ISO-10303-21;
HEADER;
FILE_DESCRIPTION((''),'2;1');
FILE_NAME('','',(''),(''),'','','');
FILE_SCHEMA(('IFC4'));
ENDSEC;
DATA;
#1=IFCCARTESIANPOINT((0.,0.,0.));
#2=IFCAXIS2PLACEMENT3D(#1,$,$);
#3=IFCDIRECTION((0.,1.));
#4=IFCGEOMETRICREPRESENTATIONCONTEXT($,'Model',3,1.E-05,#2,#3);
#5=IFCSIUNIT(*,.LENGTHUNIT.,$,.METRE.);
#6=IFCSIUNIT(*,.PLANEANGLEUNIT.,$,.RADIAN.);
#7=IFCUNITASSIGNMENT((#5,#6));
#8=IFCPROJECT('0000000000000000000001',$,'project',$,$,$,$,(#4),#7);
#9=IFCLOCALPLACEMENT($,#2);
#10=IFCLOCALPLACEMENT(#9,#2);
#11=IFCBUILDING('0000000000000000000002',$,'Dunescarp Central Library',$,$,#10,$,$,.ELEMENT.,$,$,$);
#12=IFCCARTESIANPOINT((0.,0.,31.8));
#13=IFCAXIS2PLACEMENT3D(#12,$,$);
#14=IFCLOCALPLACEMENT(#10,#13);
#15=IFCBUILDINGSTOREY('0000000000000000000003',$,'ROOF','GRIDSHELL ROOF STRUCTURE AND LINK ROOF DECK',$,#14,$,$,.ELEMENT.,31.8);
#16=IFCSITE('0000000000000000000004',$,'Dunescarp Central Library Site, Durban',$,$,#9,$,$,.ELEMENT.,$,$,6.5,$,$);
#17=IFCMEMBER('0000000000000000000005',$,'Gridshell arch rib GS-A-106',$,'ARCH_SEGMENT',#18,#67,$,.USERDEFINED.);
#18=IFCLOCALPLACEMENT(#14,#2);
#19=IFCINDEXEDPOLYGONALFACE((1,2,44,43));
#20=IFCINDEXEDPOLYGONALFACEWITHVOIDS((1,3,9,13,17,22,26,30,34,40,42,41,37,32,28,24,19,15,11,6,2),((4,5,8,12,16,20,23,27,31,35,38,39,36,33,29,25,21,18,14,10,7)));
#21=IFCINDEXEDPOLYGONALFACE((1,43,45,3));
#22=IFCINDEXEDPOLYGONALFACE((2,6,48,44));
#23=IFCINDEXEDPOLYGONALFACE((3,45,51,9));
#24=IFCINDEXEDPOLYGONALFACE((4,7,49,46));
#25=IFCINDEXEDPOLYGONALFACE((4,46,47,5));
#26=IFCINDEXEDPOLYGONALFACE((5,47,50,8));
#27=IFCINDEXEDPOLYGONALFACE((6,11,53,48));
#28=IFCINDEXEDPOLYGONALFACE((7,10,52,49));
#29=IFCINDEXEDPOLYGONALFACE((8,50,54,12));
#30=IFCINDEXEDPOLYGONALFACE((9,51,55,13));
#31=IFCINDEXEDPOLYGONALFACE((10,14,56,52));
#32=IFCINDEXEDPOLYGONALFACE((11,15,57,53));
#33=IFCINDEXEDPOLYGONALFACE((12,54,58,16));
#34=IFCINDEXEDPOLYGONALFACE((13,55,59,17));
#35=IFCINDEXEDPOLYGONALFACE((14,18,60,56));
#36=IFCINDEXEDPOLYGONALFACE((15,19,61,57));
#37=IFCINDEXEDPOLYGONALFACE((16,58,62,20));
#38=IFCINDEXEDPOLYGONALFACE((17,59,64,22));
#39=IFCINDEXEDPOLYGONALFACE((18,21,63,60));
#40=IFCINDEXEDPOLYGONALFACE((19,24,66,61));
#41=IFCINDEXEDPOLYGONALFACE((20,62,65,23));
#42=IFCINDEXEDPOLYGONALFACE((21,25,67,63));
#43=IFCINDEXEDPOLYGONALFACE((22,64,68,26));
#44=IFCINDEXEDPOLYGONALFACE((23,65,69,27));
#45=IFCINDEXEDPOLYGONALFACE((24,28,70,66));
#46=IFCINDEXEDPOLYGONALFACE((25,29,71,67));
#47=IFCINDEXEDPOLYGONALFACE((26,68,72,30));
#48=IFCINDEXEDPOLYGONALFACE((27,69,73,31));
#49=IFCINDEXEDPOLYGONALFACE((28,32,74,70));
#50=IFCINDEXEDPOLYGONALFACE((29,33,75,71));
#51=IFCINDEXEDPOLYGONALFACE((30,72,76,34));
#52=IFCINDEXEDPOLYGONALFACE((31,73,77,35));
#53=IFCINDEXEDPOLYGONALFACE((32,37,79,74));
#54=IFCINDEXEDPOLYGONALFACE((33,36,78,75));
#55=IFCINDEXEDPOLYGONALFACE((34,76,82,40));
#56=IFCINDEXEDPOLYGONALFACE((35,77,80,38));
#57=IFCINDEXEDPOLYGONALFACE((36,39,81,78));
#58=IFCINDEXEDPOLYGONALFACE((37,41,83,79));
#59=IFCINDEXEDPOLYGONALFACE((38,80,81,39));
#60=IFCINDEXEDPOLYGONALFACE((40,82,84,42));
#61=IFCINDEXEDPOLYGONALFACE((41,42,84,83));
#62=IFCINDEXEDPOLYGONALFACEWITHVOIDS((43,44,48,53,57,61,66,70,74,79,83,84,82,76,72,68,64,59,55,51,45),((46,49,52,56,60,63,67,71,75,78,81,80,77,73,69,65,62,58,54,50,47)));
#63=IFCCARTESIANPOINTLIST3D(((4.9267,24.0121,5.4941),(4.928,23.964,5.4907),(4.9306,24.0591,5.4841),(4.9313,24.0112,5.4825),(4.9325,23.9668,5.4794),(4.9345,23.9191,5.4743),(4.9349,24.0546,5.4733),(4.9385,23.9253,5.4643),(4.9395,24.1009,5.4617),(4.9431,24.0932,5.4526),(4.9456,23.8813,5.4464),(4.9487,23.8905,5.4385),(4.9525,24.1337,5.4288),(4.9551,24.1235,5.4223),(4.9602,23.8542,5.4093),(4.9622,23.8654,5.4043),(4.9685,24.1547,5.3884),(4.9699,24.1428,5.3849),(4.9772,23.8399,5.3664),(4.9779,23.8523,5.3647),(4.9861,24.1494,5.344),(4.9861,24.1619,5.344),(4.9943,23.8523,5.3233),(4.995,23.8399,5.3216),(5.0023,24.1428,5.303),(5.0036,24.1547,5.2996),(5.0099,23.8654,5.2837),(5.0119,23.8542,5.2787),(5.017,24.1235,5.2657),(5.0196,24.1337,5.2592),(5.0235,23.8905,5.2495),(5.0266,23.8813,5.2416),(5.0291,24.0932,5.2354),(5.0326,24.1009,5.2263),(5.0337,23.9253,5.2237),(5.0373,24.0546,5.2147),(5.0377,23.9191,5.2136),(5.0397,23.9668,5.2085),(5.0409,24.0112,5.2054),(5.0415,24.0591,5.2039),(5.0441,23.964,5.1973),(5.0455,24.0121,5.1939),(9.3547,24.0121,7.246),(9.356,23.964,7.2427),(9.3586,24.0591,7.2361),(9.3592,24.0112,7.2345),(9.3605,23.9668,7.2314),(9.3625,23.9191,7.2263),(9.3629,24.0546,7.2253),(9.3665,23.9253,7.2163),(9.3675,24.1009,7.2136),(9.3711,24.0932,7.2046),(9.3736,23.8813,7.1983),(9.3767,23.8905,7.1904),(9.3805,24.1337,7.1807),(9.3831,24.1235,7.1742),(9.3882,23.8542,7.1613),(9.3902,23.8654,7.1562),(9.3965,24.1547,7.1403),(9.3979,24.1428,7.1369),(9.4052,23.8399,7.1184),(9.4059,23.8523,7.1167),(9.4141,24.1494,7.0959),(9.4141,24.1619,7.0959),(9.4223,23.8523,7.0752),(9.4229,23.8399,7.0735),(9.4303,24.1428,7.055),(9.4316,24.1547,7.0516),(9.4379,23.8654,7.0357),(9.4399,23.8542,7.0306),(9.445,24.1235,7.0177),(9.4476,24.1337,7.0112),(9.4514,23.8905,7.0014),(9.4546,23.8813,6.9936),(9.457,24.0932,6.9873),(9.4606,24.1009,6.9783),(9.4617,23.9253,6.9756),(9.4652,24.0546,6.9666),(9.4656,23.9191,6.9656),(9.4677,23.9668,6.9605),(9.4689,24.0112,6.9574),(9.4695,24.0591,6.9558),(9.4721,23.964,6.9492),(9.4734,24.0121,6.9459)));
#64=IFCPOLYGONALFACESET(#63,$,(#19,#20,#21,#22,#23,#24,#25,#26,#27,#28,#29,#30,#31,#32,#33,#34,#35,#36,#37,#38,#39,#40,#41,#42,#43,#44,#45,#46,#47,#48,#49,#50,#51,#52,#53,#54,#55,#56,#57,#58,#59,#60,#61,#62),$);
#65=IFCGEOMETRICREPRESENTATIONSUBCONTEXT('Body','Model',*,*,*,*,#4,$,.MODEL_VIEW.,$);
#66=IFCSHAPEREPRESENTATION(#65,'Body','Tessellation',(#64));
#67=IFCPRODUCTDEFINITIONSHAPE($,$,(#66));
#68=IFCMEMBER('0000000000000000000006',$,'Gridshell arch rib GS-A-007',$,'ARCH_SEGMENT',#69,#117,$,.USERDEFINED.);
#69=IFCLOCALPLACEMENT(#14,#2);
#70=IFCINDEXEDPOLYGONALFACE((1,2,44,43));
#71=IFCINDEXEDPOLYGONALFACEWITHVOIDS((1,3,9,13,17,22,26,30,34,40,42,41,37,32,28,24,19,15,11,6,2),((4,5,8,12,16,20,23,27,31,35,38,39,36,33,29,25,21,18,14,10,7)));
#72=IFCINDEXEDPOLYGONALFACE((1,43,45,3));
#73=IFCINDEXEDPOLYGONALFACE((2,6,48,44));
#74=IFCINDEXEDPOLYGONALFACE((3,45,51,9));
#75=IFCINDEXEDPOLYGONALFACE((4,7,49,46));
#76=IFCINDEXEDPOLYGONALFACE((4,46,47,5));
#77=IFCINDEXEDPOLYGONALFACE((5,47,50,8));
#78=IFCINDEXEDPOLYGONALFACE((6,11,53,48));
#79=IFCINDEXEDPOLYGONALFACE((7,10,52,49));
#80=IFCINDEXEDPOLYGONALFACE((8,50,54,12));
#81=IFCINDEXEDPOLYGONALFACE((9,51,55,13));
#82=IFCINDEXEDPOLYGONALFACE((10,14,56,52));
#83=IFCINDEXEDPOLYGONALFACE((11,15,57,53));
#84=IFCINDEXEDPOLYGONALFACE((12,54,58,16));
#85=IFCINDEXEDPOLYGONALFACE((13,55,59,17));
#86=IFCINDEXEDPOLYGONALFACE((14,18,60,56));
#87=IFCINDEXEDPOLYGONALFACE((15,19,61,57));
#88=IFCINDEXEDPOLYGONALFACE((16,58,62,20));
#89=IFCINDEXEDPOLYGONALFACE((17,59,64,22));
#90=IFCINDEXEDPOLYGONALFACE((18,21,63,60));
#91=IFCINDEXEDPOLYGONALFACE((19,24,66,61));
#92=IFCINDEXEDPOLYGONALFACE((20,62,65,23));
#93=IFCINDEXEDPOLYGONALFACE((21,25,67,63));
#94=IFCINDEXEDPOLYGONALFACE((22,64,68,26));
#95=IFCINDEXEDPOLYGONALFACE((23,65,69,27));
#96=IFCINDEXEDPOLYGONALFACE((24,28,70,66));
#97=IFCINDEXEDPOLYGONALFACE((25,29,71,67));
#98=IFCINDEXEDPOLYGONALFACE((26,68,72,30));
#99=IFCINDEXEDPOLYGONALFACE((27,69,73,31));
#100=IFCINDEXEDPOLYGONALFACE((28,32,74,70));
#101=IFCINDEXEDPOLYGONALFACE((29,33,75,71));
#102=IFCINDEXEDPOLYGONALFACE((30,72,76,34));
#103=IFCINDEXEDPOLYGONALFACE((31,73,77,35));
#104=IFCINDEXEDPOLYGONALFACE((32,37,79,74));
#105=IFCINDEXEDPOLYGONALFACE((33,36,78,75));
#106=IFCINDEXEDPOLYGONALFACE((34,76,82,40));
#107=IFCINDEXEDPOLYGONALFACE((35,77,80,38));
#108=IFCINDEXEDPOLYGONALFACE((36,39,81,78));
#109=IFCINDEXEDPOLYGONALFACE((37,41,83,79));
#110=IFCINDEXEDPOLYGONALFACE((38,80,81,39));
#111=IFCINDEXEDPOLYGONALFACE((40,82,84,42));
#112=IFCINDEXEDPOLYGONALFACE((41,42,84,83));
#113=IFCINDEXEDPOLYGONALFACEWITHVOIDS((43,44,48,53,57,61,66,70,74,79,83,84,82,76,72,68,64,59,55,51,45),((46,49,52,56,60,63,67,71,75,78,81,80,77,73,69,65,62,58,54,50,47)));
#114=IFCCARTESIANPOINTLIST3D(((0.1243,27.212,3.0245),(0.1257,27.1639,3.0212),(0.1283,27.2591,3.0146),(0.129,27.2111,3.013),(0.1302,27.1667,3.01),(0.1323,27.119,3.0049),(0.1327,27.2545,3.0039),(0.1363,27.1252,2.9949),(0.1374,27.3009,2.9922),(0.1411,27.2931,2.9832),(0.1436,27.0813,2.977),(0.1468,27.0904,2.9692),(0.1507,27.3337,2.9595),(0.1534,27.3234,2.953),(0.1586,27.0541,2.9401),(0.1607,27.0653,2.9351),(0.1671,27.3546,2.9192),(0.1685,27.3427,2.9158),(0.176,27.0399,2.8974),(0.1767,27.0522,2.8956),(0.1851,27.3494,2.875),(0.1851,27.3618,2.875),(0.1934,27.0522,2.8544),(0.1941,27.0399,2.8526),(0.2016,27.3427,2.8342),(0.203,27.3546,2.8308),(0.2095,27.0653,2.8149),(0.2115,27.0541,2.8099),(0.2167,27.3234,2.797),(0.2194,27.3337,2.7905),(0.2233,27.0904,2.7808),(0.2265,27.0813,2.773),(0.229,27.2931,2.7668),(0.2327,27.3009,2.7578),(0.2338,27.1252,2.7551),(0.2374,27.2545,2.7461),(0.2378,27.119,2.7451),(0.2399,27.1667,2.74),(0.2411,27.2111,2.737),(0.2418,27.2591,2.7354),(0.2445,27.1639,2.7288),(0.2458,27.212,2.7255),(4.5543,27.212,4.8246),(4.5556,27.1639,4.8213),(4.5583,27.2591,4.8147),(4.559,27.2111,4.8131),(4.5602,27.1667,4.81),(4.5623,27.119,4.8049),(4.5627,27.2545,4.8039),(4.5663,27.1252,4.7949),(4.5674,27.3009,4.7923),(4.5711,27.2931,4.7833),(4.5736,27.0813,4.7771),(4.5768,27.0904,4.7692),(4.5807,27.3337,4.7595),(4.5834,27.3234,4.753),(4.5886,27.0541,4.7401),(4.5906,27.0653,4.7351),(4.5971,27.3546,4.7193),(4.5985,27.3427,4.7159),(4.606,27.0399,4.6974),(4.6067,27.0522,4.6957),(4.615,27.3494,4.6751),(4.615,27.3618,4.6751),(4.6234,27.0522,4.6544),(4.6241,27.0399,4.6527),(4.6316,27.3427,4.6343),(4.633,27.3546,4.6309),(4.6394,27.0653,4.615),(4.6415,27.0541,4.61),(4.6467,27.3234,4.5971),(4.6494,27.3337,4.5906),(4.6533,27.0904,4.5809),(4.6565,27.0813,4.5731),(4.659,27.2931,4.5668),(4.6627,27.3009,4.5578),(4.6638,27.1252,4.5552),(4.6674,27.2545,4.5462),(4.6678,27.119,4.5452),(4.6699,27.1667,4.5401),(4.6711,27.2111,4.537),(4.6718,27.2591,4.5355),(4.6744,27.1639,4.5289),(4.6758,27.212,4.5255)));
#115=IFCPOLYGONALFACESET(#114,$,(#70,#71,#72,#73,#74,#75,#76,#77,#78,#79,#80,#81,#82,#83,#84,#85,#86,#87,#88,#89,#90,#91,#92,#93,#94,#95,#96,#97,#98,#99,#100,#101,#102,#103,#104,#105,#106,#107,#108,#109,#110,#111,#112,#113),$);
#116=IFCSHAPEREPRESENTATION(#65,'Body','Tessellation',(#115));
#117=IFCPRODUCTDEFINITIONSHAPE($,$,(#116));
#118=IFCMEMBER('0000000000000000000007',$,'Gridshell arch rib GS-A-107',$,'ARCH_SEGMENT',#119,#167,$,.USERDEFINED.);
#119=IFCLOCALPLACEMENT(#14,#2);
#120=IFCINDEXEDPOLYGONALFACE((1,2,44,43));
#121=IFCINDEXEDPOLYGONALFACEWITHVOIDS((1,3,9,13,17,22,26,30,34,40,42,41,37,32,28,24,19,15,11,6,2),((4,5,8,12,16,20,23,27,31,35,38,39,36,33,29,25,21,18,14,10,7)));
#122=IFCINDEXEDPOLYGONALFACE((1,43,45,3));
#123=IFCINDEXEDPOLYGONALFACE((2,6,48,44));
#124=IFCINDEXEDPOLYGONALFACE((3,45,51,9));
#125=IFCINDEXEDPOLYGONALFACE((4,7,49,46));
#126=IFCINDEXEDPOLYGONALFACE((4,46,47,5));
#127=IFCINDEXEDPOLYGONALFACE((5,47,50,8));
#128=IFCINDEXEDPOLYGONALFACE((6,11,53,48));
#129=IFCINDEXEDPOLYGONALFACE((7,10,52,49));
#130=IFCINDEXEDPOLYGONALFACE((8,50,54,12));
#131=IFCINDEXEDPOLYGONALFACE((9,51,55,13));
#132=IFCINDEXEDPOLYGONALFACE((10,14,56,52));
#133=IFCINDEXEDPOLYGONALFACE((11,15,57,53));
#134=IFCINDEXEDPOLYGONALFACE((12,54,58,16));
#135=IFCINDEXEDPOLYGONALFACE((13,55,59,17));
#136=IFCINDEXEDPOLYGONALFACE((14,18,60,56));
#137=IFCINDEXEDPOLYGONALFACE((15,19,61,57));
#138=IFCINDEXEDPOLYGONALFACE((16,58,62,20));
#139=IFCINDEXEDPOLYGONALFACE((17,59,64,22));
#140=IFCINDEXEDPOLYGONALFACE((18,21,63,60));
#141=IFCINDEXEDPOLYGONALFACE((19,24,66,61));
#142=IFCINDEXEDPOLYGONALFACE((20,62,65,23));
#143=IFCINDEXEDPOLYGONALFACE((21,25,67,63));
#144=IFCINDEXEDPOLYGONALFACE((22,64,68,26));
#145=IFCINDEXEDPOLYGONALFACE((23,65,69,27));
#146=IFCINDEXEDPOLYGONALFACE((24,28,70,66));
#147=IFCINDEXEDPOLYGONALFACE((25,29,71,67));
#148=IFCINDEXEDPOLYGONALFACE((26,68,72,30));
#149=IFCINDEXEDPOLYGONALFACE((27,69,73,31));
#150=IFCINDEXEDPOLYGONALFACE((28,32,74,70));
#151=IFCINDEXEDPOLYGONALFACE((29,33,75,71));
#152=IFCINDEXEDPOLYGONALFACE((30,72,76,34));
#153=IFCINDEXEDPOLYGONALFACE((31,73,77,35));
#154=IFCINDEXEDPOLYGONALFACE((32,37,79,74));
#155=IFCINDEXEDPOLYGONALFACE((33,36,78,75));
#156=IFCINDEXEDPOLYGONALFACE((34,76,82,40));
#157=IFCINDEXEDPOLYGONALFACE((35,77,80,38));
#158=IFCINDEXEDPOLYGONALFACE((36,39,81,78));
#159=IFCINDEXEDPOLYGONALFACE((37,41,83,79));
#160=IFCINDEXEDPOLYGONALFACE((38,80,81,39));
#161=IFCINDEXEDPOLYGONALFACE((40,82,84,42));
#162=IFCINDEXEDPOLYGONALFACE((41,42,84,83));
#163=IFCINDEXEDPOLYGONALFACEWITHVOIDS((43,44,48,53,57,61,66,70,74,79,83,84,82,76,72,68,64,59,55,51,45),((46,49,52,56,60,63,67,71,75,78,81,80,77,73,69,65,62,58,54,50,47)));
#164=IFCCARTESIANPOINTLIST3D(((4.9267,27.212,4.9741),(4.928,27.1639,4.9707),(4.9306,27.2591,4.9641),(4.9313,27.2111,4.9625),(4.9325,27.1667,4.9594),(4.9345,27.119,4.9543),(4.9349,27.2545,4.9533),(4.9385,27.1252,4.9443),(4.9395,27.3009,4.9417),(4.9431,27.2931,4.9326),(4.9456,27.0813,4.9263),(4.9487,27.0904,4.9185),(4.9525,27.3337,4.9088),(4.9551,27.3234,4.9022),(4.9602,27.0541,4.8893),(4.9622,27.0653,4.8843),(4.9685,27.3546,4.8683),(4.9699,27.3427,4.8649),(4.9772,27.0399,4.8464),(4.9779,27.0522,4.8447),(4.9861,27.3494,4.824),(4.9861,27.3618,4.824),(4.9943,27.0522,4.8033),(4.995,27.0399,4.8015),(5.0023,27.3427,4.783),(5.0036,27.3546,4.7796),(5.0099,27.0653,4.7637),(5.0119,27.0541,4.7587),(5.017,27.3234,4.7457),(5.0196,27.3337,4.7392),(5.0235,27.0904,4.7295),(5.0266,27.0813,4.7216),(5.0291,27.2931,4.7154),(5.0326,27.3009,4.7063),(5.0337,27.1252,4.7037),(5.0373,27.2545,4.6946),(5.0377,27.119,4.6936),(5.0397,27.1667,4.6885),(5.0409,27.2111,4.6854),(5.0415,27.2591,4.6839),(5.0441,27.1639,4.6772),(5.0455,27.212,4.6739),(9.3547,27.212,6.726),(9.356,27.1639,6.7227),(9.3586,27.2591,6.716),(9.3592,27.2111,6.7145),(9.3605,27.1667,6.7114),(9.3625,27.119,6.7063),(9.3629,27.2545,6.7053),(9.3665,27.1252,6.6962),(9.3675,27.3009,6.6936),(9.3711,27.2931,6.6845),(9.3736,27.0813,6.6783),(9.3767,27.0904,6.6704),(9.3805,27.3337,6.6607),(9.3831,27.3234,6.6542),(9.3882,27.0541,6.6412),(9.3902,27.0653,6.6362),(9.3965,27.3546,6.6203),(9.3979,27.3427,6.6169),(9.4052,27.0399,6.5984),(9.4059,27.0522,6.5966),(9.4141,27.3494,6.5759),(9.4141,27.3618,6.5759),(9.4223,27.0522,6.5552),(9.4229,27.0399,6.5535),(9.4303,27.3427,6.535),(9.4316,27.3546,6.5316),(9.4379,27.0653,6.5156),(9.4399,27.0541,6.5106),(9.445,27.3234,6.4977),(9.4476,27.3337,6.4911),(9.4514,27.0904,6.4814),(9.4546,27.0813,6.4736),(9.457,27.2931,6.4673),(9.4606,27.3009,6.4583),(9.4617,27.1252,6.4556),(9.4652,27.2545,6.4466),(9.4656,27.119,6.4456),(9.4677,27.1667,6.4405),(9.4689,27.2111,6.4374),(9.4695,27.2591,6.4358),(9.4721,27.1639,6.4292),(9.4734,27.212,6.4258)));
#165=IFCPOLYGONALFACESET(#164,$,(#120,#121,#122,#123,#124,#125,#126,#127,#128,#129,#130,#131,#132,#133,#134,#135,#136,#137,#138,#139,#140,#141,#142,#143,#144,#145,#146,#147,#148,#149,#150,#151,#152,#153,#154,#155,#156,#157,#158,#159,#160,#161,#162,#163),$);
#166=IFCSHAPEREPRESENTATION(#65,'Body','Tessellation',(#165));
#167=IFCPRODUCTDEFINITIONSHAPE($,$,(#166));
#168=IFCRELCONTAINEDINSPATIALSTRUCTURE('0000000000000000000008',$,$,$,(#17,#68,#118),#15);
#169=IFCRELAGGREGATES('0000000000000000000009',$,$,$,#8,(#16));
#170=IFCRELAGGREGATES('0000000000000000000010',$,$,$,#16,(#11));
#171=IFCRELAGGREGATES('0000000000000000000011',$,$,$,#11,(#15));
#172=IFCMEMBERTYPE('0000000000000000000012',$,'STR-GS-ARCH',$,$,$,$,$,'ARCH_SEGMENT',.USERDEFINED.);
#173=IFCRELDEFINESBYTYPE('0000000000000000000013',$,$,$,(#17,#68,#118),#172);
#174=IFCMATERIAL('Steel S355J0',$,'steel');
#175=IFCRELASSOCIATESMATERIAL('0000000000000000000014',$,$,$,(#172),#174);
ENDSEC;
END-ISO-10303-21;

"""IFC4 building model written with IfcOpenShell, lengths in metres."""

from ifc_helpers import new_model, si_unit, direction, frame, origin, origin_2d, place, context, subcontext, project, spatial, hollow_circle, extrude, material, material_profile, profile_set, type_object, element, save


model = new_model("IFC4")

# Units and contexts
model_context = context("Model", 3, precision=1e-05, world=origin(), true_north=direction((0.0, 1.0)))
body_context = subcontext(model_context, "Body", "Model", "MODEL_VIEW")
ifc_project = project(units=[si_unit("LENGTHUNIT", "METRE"), si_unit("PLANEANGLEUNIT", "RADIAN")], contexts=[model_context])

# Site, building, storey
site_placement = place(None, origin())
site = spatial("IfcSite", under=ifc_project, at=site_placement, Name="Dunescarp Central Library Site, Durban", CompositionType="ELEMENT", RefElevation=6.5)
building_placement = place(site_placement, origin())
building = spatial("IfcBuilding", under=site, at=building_placement, Name="Dunescarp Central Library", CompositionType="ELEMENT")
storey_placement = place(building_placement, frame((0.0, 0.0, 31.8)))
storey = spatial("IfcBuildingStorey", under=building, at=storey_placement, Name="ROOF", Description="GRIDSHELL ROOF STRUCTURE AND LINK ROOF DECK", CompositionType="ELEMENT", Elevation=31.8)

# Members
ifc_material_1 = material(Name="Steel S355J0", Category="steel")
ifc_material_profile_1 = material_profile(ifc_material_1, hollow_circle(Radius=0.1619, WallThickness=0.0125, at=origin_2d()), Name="CHS 323.9x12.5")
ifc_profile_set_1 = profile_set([ifc_material_profile_1], Name="Steel S355J0")
member_type_1 = type_object("IfcMemberType", Name="STR-GS-ARCH", ElementType="ARCH_SEGMENT", PredefinedType="USERDEFINED", material=ifc_profile_set_1)
member_1_placement = place(storey_placement, frame((4.9861, 24.0, 5.344), z_axis=(0.929863, 0.0, 0.367905), x_axis=(0.0, 1.0, 0.0)))
element("IfcMember", 1, at=member_1_placement, inside=storey, type_object=member_type_1, Name="Gridshell arch rib GS-A-106", ObjectType="ARCH_SEGMENT", PredefinedType="USERDEFINED", context=body_context, shape_type="SweptSolid", body=[
    extrude(hollow_circle(Radius=0.1619, WallThickness=0.0125, at=origin_2d()), origin(), (0.0, 0.0, 1.0), 4.762),
])
member_2_placement = place(storey_placement, frame((0.1851, 27.2, 2.875), z_axis=(0.926438, 0.0, 0.376447), x_axis=(0.0, 1.0, 0.0)))
element("IfcMember", 2, at=member_2_placement, inside=storey, type_object=member_type_1, Name="Gridshell arch rib GS-A-007", ObjectType="ARCH_SEGMENT", PredefinedType="USERDEFINED", context=body_context, shape_type="SweptSolid", body=[
    extrude(hollow_circle(Radius=0.1619, WallThickness=0.0125, at=origin_2d()), origin(), (0.0, 0.0, 1.0), 4.7817),
])
member_3_placement = place(storey_placement, frame((4.9861, 27.2, 4.824), z_axis=(0.929863, 0.0, 0.367905), x_axis=(0.0, 1.0, 0.0)))
element("IfcMember", 3, at=member_3_placement, inside=storey, type_object=member_type_1, Name="Gridshell arch rib GS-A-107", ObjectType="ARCH_SEGMENT", PredefinedType="USERDEFINED", context=body_context, shape_type="SweptSolid", body=[
    extrude(hollow_circle(Radius=0.1619, WallThickness=0.0125, at=origin_2d()), origin(), (0.0, 0.0, 1.0), 4.762),
])

save(model, "model.ifc")
